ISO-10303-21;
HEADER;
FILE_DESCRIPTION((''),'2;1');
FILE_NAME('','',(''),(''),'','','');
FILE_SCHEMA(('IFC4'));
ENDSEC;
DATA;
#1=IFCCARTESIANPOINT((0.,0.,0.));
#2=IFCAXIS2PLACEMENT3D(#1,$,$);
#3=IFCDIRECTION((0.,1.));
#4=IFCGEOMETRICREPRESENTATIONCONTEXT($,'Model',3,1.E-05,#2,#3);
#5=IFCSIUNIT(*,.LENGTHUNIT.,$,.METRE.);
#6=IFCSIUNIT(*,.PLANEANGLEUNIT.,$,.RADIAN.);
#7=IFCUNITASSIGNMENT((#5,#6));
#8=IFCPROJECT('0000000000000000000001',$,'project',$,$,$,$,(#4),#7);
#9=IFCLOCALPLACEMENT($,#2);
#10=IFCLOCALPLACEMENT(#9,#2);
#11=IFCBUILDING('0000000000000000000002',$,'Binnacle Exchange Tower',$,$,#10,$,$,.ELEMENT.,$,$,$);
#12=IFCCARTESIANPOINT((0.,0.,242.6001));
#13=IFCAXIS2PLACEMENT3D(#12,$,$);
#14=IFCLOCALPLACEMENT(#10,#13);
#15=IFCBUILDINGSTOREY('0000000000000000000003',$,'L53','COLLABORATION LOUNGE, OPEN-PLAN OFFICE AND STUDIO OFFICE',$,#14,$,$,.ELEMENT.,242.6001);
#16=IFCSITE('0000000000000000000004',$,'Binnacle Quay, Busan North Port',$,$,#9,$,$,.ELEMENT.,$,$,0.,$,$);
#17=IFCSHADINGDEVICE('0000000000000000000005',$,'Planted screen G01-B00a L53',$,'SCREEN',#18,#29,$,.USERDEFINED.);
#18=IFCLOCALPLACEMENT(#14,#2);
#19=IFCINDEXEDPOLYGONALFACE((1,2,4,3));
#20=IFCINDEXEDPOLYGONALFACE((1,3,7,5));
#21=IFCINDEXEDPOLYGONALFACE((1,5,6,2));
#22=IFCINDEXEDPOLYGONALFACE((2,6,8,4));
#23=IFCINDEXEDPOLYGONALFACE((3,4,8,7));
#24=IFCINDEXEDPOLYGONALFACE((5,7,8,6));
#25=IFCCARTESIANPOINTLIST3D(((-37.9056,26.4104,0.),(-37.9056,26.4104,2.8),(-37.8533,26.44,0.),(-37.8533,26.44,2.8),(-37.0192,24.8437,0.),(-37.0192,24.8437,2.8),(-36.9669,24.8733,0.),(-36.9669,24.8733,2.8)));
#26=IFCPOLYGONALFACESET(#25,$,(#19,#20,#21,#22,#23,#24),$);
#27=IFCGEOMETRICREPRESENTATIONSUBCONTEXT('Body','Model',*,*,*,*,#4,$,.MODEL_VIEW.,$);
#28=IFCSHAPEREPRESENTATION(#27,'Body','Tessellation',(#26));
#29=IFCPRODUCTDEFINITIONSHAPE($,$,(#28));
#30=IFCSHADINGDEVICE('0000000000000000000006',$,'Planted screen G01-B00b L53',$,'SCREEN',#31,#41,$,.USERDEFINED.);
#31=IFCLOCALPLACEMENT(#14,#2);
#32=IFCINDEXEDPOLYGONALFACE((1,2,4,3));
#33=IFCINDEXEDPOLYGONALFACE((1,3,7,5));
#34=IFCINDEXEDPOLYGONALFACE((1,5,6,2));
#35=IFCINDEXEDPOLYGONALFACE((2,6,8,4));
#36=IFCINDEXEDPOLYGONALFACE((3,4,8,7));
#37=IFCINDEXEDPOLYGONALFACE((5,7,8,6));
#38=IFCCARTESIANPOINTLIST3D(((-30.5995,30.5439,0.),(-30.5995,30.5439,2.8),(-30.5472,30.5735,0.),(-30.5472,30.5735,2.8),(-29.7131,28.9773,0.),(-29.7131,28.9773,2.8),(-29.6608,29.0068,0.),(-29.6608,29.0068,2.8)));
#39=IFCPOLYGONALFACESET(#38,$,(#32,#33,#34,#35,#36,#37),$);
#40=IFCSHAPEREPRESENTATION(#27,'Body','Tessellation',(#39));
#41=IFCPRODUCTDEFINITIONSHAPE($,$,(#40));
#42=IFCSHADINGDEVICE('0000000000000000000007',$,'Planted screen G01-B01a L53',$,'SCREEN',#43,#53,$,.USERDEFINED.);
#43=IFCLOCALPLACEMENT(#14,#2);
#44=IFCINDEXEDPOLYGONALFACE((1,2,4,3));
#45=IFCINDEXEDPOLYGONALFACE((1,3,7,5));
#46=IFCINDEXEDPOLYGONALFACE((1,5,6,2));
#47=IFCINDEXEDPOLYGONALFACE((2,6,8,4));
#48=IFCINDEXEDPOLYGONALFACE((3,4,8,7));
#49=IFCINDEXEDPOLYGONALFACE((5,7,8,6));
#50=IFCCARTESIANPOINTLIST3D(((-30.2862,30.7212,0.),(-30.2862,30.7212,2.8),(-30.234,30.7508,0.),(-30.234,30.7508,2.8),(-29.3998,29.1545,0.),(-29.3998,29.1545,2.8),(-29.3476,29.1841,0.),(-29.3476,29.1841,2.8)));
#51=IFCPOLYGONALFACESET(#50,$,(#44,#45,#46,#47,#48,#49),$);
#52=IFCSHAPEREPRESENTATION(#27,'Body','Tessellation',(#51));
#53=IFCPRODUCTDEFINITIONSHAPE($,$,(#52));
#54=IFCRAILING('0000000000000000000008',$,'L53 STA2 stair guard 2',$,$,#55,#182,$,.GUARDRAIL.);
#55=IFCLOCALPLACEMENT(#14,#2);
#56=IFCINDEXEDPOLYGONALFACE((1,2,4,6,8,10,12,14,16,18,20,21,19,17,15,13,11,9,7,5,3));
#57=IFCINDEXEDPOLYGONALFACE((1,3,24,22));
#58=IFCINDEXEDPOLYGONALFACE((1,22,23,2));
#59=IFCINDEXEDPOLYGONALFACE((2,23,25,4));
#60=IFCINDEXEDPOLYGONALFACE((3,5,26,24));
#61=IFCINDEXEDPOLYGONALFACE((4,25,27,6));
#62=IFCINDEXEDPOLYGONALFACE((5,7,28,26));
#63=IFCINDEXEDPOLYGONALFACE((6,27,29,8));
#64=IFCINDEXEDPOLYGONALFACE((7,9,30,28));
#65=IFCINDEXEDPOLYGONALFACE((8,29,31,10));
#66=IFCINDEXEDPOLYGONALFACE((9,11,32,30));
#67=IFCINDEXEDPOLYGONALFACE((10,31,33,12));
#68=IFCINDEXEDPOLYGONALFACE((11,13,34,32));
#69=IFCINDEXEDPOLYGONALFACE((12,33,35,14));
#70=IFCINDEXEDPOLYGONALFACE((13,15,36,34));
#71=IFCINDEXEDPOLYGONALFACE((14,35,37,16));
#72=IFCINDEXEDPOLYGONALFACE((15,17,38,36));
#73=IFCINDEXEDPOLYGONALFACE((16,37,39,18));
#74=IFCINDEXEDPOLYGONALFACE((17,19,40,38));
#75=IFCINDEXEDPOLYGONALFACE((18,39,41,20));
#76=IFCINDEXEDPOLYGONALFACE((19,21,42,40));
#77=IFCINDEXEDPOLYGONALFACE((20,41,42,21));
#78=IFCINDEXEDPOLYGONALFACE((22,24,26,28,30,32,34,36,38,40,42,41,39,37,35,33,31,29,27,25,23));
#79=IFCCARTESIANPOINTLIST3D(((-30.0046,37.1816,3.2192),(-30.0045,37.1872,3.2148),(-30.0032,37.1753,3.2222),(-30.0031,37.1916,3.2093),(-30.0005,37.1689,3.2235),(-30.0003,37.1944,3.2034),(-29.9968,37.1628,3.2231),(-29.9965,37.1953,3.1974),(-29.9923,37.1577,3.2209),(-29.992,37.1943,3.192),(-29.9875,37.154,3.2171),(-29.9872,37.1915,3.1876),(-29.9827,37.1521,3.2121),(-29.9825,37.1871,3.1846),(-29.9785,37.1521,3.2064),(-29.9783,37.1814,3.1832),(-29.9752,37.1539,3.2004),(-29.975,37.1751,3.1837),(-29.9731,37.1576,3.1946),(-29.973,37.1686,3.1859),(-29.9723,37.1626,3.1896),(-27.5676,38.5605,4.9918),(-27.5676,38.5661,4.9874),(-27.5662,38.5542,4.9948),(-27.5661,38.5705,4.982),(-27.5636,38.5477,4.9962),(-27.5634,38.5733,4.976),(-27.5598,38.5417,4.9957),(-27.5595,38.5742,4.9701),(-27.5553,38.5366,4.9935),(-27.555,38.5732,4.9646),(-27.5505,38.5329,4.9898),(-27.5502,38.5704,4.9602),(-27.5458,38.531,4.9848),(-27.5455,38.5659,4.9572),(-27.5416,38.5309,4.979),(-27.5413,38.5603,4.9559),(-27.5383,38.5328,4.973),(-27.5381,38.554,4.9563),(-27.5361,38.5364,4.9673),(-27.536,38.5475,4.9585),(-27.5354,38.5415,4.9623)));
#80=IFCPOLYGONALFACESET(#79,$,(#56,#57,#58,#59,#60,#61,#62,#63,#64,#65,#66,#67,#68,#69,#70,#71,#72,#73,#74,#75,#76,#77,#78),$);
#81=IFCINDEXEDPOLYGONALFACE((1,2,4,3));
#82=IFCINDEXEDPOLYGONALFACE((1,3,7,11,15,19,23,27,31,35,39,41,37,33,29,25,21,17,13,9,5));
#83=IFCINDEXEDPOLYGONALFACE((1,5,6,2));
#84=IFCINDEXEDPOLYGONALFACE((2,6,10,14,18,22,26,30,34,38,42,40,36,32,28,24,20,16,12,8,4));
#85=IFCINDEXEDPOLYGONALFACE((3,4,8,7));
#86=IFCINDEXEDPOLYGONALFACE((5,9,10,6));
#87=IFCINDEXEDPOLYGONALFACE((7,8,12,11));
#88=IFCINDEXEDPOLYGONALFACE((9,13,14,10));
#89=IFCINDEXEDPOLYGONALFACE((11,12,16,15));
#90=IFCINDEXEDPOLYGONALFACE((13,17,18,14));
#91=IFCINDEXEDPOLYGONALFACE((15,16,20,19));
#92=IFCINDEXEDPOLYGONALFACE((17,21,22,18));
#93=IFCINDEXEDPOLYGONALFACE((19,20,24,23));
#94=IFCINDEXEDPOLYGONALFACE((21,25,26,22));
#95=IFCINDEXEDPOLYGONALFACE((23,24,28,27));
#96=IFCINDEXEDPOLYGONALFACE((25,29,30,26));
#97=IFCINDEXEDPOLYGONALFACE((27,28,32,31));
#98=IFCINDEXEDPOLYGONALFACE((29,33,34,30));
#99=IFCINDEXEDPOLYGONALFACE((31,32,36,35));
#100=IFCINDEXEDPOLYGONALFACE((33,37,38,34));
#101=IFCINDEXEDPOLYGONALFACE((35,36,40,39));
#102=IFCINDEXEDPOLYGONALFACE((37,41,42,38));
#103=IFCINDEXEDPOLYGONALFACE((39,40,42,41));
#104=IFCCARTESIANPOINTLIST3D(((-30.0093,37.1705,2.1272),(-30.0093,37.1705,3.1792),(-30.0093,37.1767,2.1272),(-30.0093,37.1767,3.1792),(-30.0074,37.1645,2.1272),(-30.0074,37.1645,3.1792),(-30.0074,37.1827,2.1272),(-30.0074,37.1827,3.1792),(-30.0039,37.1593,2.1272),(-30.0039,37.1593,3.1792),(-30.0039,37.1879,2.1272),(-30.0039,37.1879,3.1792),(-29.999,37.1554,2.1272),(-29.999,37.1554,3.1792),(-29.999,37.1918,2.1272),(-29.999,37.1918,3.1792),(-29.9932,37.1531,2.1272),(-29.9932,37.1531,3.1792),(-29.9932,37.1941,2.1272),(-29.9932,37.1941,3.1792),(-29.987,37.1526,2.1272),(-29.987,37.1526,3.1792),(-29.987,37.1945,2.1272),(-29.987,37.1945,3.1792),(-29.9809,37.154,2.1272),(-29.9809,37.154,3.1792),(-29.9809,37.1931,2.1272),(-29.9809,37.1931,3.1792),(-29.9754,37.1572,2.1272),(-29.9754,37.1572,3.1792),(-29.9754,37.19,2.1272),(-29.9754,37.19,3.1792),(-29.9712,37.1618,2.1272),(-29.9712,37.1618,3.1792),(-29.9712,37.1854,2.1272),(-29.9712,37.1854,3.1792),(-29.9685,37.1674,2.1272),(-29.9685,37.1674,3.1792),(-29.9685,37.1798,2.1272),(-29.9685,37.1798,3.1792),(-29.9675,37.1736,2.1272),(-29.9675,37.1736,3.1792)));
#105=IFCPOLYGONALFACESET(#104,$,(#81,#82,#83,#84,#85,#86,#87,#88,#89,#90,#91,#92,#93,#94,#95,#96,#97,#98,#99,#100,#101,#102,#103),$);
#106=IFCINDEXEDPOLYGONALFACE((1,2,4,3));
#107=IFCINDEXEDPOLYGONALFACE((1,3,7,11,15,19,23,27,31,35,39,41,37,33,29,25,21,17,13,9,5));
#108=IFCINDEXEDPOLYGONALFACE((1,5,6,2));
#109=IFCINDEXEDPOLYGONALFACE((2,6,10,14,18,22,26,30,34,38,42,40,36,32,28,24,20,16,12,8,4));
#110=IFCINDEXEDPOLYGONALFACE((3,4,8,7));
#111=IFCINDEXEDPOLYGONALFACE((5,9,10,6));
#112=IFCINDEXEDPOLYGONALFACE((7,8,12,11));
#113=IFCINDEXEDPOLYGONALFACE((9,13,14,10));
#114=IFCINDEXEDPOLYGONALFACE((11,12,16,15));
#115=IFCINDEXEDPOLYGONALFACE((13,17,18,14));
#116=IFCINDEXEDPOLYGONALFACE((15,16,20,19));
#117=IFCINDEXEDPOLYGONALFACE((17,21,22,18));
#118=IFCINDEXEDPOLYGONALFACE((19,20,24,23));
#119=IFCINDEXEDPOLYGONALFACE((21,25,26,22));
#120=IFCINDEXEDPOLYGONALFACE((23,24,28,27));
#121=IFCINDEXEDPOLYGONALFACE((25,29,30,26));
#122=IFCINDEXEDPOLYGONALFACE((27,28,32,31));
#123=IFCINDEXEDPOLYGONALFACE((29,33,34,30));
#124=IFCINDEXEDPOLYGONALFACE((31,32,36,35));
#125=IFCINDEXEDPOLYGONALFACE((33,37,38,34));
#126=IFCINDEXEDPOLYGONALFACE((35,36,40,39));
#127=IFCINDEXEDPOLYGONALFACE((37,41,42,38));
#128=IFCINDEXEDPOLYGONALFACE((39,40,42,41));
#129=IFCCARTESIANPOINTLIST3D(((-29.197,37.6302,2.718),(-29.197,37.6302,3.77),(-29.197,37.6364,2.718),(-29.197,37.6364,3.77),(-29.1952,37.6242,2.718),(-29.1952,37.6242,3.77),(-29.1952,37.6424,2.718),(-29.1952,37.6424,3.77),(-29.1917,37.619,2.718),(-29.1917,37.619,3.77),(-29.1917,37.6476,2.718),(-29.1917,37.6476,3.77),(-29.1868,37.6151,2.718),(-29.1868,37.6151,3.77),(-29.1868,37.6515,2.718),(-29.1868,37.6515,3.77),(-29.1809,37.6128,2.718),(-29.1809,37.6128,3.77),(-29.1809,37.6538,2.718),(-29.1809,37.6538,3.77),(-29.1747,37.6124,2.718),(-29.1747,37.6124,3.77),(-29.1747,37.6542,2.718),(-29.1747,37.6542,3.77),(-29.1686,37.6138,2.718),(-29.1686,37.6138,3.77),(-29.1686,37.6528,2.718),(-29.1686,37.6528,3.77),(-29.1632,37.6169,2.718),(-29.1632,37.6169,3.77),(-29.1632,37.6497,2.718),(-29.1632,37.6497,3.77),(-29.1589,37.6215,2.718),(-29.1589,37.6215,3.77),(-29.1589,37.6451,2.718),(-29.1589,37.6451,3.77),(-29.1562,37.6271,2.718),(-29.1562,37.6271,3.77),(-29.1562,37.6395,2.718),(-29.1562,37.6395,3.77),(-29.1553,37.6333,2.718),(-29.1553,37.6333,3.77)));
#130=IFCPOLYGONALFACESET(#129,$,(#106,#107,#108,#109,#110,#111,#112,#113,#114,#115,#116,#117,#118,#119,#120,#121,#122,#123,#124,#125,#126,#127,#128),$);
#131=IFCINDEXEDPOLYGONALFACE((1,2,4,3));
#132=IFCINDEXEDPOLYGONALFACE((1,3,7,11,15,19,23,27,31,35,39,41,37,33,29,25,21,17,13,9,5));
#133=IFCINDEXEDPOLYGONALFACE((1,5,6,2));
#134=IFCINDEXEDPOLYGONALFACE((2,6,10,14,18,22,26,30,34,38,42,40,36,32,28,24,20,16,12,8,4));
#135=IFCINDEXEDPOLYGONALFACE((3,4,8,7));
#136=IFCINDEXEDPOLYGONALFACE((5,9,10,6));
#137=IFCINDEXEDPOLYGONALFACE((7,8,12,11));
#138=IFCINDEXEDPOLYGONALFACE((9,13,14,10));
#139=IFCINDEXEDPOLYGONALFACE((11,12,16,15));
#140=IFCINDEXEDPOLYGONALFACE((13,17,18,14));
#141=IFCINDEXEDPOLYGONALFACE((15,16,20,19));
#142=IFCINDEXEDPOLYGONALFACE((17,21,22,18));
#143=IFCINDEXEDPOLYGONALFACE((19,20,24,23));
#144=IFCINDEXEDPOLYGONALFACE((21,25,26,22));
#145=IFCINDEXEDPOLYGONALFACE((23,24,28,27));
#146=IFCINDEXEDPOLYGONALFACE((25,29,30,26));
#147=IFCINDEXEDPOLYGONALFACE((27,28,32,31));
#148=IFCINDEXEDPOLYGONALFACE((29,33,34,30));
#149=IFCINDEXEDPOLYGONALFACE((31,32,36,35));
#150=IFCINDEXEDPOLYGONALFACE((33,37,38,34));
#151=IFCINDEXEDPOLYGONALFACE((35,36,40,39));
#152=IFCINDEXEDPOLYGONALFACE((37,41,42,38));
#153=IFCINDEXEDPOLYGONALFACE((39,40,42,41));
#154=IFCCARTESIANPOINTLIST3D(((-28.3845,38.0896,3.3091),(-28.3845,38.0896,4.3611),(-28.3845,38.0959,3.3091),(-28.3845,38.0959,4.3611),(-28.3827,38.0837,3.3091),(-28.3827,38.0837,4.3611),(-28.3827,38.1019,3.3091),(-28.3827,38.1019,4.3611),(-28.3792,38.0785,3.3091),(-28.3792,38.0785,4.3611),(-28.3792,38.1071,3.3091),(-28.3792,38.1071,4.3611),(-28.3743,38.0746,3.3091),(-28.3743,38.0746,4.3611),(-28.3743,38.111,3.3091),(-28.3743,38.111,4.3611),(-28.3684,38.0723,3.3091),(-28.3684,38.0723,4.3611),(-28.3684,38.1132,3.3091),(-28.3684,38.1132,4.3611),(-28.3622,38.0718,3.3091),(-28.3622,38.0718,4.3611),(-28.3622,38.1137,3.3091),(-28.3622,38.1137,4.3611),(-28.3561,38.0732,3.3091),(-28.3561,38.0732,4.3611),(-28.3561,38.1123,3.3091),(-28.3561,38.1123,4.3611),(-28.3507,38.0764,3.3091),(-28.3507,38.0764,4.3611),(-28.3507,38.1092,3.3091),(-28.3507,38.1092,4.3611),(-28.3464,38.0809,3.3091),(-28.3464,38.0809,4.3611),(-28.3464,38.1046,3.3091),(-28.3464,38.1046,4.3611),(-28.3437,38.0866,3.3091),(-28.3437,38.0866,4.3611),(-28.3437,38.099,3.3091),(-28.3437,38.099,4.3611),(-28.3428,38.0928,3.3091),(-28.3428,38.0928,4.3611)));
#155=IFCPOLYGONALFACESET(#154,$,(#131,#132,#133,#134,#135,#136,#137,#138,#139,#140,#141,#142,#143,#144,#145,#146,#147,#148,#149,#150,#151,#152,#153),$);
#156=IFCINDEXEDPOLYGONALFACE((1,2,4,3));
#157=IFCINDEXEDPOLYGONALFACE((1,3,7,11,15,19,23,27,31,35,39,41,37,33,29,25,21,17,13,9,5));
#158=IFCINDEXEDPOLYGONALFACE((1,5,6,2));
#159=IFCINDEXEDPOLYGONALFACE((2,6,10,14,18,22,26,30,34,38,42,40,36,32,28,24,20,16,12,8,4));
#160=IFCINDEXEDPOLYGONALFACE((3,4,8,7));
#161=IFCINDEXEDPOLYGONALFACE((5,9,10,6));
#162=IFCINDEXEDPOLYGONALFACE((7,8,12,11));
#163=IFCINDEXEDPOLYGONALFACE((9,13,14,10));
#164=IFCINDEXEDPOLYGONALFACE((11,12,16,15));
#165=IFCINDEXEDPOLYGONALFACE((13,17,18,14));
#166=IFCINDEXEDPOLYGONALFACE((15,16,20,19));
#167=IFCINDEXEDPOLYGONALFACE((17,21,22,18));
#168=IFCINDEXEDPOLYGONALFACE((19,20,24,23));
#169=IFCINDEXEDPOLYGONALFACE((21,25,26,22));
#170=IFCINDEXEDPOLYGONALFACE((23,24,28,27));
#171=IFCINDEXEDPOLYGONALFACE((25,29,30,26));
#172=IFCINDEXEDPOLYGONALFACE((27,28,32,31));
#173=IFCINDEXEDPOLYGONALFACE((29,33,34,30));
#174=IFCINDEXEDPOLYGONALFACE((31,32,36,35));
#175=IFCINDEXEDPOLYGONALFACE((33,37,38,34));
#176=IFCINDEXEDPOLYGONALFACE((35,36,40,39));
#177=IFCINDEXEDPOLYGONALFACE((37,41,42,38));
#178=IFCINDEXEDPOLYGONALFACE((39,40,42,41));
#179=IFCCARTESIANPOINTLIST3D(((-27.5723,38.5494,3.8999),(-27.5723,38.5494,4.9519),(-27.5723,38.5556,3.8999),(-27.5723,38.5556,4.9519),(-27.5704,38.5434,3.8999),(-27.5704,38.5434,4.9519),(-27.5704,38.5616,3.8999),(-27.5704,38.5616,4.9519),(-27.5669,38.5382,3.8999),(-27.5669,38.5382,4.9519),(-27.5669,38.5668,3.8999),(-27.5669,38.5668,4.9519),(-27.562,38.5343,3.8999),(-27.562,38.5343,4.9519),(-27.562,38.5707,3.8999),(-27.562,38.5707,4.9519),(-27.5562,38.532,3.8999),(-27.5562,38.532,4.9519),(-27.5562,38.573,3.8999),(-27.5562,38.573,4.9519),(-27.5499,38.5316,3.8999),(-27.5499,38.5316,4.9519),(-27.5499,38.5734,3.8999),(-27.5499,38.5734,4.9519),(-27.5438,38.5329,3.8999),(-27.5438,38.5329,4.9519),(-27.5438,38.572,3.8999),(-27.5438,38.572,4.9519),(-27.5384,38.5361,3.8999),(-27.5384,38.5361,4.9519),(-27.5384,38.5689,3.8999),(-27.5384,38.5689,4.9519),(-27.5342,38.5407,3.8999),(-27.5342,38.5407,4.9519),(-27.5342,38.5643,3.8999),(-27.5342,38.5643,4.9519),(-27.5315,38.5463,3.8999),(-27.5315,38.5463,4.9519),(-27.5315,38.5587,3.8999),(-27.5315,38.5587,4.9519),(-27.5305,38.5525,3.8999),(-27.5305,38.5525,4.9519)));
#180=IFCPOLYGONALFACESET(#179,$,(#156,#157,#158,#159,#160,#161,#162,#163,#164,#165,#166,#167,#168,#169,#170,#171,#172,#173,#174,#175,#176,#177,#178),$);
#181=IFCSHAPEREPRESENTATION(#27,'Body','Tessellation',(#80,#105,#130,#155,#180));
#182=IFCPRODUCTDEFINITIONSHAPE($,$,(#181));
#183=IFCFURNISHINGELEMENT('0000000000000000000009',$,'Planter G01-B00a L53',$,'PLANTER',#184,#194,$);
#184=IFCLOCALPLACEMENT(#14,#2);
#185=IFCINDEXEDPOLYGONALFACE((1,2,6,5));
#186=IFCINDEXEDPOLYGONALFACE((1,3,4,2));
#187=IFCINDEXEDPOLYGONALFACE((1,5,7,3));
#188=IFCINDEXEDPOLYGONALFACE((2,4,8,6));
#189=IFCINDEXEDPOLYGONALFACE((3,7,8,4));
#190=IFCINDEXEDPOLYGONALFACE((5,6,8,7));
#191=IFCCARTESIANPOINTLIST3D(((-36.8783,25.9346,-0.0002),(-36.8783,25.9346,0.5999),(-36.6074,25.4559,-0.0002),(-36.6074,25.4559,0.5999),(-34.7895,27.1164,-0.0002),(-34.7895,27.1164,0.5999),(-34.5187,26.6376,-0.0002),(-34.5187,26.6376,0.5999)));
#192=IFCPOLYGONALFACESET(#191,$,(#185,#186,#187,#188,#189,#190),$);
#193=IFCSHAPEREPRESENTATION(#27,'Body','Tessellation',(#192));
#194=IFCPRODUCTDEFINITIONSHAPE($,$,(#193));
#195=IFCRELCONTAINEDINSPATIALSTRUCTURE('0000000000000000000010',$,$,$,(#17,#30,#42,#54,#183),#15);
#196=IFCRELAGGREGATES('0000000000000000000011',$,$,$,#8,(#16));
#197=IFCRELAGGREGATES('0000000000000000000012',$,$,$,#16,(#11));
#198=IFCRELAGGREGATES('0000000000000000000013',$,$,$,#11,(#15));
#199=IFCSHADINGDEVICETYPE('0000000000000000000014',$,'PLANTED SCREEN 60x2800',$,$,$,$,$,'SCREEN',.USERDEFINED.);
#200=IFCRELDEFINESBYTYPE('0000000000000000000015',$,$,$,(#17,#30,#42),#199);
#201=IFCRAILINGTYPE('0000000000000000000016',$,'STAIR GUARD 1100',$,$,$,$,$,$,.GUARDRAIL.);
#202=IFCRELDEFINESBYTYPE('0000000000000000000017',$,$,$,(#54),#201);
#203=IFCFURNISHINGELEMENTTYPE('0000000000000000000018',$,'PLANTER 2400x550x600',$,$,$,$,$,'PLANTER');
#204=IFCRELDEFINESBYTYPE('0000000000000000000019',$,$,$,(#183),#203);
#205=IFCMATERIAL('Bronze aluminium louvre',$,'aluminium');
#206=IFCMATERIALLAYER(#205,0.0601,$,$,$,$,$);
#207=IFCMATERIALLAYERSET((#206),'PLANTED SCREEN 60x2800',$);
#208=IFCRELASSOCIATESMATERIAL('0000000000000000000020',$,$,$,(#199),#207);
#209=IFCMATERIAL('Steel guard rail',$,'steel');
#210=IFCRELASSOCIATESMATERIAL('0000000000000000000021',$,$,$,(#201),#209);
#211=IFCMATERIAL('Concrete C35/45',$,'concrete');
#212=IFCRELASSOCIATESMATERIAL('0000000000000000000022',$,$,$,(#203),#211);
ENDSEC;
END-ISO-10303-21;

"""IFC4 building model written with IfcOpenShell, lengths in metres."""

from ifc_helpers import new_model, si_unit, direction, frame, origin, origin_2d, place, context, subcontext, project, spatial, rectangle, circle, extrude, material, layer, layer_set, type_object, element, save


model = new_model("IFC4")

# Units and contexts
model_context = context("Model", 3, precision=1e-05, world=origin(), true_north=direction((0.0, 1.0)))
body_context = subcontext(model_context, "Body", "Model", "MODEL_VIEW")
ifc_project = project(units=[si_unit("LENGTHUNIT", "METRE"), si_unit("PLANEANGLEUNIT", "RADIAN")], contexts=[model_context])

# Site, building, storey
site_placement = place(None, origin())
site = spatial("IfcSite", under=ifc_project, at=site_placement, Name="Binnacle Quay, Busan North Port", CompositionType="ELEMENT", RefElevation=0.0)
building_placement = place(site_placement, origin())
building = spatial("IfcBuilding", under=site, at=building_placement, Name="Binnacle Exchange Tower", CompositionType="ELEMENT")
storey_placement = place(building_placement, frame((0.0, 0.0, 242.6001)))
storey = spatial("IfcBuildingStorey", under=building, at=storey_placement, Name="L53", Description="COLLABORATION LOUNGE, OPEN-PLAN OFFICE AND STUDIO OFFICE", CompositionType="ELEMENT", Elevation=242.6001)

# Shading devices
ifc_material_1 = material(Name="Bronze aluminium louvre", Category="aluminium")
ifc_layer_1 = layer(ifc_material_1, 0.0601)
ifc_layer_set_1 = layer_set([ifc_layer_1], Name="PLANTED SCREEN 60x2800")
shading_device_type = type_object("IfcShadingDeviceType", Name="PLANTED SCREEN 60x2800", ElementType="SCREEN", PredefinedType="USERDEFINED", material=ifc_layer_set_1)
for number, where, z_axis, x_axis, name in (
    (1, (-37.4363, 25.6418, 0.0), (0.0, 0.0, 1.0), (0.870356, 0.492424, 0.0), "Planted screen G01-B00a L53"),
    (2, (-30.1301, 29.7754, 0.0), (0.0, 0.0, 1.0), (0.870356, 0.492424, 0.0), "Planted screen G01-B00b L53"),
    (3, (-29.8169, 29.9526, 0.0), (0.0, 0.0, 1.0), (0.870356, 0.492424, 0.0), "Planted screen G01-B01a L53"),
):
    element("IfcShadingDevice", number, at=place(storey_placement, frame(where, z_axis=z_axis, x_axis=x_axis)), inside=storey, type_object=shading_device_type, Name=name, ObjectType="SCREEN", PredefinedType="USERDEFINED", context=body_context, shape_type="SweptSolid", body=[
        extrude(rectangle(XDim=0.0601, YDim=1.8, at=origin_2d()), origin(), (0.0, 0.0, 1.0), 2.8),
    ])

# Railing
ifc_material_2 = material(Name="Steel guard rail", Category="steel")
railing_type_1 = type_object("IfcRailingType", Name="STAIR GUARD 1100", PredefinedType="GUARDRAIL", material=ifc_material_2)
railing_1_placement = place(storey_placement, frame((-29.9885, 37.1736, 2.1272)))
element("IfcRailing", 4, at=railing_1_placement, inside=storey, type_object=railing_type_1, Name="L53 STA2 stair guard 2", PredefinedType="GUARDRAIL", context=body_context, shape_type="SweptSolid", body=[
    extrude(circle(Radius=0.0239, at=origin_2d()), frame((0.0, 0.0, 1.0762), z_axis=(0.735359, 0.41608, 0.534907), x_axis=(-0.492454, 0.870339, 0.0)), (0.0, 0.0, 1.0), 3.314),
    extrude(circle(Radius=0.021, at=origin_2d()), origin(), (0.0, 0.0, 1.0), 1.052),
    extrude(circle(Radius=0.021, at=origin_2d()), frame((0.8123, 0.4597, 0.5908)), (0.0, 0.0, 1.0), 1.052),
    extrude(circle(Radius=0.021, at=origin_2d()), frame((1.6248, 0.9192, 1.1819)), (0.0, 0.0, 1.0), 1.052),
    extrude(circle(Radius=0.021, at=origin_2d()), frame((2.437, 1.3789, 1.7727)), (0.0, 0.0, 1.0), 1.052),
])

# Furnishing element
ifc_material_3 = material(Name="Concrete C35/45", Category="concrete")
furnishing_element_type = type_object("IfcFurnishingElementType", Name="PLANTER 2400x550x600", ElementType="PLANTER", material=ifc_material_3)
furnishing_placement = place(storey_placement, frame((-35.6985, 26.2861, -0.0002), z_axis=(0.0, 0.0, 1.0), x_axis=(0.870356, 0.492424, 0.0)))
element("IfcFurnishingElement", 5, at=furnishing_placement, inside=storey, type_object=furnishing_element_type, Name="Planter G01-B00a L53", ObjectType="PLANTER", context=body_context, shape_type="SweptSolid", body=[
    extrude(rectangle(XDim=2.3999, YDim=0.55, at=origin_2d()), origin(), (0.0, 0.0, 1.0), 0.6001),
])

save(model, "model.ifc")
